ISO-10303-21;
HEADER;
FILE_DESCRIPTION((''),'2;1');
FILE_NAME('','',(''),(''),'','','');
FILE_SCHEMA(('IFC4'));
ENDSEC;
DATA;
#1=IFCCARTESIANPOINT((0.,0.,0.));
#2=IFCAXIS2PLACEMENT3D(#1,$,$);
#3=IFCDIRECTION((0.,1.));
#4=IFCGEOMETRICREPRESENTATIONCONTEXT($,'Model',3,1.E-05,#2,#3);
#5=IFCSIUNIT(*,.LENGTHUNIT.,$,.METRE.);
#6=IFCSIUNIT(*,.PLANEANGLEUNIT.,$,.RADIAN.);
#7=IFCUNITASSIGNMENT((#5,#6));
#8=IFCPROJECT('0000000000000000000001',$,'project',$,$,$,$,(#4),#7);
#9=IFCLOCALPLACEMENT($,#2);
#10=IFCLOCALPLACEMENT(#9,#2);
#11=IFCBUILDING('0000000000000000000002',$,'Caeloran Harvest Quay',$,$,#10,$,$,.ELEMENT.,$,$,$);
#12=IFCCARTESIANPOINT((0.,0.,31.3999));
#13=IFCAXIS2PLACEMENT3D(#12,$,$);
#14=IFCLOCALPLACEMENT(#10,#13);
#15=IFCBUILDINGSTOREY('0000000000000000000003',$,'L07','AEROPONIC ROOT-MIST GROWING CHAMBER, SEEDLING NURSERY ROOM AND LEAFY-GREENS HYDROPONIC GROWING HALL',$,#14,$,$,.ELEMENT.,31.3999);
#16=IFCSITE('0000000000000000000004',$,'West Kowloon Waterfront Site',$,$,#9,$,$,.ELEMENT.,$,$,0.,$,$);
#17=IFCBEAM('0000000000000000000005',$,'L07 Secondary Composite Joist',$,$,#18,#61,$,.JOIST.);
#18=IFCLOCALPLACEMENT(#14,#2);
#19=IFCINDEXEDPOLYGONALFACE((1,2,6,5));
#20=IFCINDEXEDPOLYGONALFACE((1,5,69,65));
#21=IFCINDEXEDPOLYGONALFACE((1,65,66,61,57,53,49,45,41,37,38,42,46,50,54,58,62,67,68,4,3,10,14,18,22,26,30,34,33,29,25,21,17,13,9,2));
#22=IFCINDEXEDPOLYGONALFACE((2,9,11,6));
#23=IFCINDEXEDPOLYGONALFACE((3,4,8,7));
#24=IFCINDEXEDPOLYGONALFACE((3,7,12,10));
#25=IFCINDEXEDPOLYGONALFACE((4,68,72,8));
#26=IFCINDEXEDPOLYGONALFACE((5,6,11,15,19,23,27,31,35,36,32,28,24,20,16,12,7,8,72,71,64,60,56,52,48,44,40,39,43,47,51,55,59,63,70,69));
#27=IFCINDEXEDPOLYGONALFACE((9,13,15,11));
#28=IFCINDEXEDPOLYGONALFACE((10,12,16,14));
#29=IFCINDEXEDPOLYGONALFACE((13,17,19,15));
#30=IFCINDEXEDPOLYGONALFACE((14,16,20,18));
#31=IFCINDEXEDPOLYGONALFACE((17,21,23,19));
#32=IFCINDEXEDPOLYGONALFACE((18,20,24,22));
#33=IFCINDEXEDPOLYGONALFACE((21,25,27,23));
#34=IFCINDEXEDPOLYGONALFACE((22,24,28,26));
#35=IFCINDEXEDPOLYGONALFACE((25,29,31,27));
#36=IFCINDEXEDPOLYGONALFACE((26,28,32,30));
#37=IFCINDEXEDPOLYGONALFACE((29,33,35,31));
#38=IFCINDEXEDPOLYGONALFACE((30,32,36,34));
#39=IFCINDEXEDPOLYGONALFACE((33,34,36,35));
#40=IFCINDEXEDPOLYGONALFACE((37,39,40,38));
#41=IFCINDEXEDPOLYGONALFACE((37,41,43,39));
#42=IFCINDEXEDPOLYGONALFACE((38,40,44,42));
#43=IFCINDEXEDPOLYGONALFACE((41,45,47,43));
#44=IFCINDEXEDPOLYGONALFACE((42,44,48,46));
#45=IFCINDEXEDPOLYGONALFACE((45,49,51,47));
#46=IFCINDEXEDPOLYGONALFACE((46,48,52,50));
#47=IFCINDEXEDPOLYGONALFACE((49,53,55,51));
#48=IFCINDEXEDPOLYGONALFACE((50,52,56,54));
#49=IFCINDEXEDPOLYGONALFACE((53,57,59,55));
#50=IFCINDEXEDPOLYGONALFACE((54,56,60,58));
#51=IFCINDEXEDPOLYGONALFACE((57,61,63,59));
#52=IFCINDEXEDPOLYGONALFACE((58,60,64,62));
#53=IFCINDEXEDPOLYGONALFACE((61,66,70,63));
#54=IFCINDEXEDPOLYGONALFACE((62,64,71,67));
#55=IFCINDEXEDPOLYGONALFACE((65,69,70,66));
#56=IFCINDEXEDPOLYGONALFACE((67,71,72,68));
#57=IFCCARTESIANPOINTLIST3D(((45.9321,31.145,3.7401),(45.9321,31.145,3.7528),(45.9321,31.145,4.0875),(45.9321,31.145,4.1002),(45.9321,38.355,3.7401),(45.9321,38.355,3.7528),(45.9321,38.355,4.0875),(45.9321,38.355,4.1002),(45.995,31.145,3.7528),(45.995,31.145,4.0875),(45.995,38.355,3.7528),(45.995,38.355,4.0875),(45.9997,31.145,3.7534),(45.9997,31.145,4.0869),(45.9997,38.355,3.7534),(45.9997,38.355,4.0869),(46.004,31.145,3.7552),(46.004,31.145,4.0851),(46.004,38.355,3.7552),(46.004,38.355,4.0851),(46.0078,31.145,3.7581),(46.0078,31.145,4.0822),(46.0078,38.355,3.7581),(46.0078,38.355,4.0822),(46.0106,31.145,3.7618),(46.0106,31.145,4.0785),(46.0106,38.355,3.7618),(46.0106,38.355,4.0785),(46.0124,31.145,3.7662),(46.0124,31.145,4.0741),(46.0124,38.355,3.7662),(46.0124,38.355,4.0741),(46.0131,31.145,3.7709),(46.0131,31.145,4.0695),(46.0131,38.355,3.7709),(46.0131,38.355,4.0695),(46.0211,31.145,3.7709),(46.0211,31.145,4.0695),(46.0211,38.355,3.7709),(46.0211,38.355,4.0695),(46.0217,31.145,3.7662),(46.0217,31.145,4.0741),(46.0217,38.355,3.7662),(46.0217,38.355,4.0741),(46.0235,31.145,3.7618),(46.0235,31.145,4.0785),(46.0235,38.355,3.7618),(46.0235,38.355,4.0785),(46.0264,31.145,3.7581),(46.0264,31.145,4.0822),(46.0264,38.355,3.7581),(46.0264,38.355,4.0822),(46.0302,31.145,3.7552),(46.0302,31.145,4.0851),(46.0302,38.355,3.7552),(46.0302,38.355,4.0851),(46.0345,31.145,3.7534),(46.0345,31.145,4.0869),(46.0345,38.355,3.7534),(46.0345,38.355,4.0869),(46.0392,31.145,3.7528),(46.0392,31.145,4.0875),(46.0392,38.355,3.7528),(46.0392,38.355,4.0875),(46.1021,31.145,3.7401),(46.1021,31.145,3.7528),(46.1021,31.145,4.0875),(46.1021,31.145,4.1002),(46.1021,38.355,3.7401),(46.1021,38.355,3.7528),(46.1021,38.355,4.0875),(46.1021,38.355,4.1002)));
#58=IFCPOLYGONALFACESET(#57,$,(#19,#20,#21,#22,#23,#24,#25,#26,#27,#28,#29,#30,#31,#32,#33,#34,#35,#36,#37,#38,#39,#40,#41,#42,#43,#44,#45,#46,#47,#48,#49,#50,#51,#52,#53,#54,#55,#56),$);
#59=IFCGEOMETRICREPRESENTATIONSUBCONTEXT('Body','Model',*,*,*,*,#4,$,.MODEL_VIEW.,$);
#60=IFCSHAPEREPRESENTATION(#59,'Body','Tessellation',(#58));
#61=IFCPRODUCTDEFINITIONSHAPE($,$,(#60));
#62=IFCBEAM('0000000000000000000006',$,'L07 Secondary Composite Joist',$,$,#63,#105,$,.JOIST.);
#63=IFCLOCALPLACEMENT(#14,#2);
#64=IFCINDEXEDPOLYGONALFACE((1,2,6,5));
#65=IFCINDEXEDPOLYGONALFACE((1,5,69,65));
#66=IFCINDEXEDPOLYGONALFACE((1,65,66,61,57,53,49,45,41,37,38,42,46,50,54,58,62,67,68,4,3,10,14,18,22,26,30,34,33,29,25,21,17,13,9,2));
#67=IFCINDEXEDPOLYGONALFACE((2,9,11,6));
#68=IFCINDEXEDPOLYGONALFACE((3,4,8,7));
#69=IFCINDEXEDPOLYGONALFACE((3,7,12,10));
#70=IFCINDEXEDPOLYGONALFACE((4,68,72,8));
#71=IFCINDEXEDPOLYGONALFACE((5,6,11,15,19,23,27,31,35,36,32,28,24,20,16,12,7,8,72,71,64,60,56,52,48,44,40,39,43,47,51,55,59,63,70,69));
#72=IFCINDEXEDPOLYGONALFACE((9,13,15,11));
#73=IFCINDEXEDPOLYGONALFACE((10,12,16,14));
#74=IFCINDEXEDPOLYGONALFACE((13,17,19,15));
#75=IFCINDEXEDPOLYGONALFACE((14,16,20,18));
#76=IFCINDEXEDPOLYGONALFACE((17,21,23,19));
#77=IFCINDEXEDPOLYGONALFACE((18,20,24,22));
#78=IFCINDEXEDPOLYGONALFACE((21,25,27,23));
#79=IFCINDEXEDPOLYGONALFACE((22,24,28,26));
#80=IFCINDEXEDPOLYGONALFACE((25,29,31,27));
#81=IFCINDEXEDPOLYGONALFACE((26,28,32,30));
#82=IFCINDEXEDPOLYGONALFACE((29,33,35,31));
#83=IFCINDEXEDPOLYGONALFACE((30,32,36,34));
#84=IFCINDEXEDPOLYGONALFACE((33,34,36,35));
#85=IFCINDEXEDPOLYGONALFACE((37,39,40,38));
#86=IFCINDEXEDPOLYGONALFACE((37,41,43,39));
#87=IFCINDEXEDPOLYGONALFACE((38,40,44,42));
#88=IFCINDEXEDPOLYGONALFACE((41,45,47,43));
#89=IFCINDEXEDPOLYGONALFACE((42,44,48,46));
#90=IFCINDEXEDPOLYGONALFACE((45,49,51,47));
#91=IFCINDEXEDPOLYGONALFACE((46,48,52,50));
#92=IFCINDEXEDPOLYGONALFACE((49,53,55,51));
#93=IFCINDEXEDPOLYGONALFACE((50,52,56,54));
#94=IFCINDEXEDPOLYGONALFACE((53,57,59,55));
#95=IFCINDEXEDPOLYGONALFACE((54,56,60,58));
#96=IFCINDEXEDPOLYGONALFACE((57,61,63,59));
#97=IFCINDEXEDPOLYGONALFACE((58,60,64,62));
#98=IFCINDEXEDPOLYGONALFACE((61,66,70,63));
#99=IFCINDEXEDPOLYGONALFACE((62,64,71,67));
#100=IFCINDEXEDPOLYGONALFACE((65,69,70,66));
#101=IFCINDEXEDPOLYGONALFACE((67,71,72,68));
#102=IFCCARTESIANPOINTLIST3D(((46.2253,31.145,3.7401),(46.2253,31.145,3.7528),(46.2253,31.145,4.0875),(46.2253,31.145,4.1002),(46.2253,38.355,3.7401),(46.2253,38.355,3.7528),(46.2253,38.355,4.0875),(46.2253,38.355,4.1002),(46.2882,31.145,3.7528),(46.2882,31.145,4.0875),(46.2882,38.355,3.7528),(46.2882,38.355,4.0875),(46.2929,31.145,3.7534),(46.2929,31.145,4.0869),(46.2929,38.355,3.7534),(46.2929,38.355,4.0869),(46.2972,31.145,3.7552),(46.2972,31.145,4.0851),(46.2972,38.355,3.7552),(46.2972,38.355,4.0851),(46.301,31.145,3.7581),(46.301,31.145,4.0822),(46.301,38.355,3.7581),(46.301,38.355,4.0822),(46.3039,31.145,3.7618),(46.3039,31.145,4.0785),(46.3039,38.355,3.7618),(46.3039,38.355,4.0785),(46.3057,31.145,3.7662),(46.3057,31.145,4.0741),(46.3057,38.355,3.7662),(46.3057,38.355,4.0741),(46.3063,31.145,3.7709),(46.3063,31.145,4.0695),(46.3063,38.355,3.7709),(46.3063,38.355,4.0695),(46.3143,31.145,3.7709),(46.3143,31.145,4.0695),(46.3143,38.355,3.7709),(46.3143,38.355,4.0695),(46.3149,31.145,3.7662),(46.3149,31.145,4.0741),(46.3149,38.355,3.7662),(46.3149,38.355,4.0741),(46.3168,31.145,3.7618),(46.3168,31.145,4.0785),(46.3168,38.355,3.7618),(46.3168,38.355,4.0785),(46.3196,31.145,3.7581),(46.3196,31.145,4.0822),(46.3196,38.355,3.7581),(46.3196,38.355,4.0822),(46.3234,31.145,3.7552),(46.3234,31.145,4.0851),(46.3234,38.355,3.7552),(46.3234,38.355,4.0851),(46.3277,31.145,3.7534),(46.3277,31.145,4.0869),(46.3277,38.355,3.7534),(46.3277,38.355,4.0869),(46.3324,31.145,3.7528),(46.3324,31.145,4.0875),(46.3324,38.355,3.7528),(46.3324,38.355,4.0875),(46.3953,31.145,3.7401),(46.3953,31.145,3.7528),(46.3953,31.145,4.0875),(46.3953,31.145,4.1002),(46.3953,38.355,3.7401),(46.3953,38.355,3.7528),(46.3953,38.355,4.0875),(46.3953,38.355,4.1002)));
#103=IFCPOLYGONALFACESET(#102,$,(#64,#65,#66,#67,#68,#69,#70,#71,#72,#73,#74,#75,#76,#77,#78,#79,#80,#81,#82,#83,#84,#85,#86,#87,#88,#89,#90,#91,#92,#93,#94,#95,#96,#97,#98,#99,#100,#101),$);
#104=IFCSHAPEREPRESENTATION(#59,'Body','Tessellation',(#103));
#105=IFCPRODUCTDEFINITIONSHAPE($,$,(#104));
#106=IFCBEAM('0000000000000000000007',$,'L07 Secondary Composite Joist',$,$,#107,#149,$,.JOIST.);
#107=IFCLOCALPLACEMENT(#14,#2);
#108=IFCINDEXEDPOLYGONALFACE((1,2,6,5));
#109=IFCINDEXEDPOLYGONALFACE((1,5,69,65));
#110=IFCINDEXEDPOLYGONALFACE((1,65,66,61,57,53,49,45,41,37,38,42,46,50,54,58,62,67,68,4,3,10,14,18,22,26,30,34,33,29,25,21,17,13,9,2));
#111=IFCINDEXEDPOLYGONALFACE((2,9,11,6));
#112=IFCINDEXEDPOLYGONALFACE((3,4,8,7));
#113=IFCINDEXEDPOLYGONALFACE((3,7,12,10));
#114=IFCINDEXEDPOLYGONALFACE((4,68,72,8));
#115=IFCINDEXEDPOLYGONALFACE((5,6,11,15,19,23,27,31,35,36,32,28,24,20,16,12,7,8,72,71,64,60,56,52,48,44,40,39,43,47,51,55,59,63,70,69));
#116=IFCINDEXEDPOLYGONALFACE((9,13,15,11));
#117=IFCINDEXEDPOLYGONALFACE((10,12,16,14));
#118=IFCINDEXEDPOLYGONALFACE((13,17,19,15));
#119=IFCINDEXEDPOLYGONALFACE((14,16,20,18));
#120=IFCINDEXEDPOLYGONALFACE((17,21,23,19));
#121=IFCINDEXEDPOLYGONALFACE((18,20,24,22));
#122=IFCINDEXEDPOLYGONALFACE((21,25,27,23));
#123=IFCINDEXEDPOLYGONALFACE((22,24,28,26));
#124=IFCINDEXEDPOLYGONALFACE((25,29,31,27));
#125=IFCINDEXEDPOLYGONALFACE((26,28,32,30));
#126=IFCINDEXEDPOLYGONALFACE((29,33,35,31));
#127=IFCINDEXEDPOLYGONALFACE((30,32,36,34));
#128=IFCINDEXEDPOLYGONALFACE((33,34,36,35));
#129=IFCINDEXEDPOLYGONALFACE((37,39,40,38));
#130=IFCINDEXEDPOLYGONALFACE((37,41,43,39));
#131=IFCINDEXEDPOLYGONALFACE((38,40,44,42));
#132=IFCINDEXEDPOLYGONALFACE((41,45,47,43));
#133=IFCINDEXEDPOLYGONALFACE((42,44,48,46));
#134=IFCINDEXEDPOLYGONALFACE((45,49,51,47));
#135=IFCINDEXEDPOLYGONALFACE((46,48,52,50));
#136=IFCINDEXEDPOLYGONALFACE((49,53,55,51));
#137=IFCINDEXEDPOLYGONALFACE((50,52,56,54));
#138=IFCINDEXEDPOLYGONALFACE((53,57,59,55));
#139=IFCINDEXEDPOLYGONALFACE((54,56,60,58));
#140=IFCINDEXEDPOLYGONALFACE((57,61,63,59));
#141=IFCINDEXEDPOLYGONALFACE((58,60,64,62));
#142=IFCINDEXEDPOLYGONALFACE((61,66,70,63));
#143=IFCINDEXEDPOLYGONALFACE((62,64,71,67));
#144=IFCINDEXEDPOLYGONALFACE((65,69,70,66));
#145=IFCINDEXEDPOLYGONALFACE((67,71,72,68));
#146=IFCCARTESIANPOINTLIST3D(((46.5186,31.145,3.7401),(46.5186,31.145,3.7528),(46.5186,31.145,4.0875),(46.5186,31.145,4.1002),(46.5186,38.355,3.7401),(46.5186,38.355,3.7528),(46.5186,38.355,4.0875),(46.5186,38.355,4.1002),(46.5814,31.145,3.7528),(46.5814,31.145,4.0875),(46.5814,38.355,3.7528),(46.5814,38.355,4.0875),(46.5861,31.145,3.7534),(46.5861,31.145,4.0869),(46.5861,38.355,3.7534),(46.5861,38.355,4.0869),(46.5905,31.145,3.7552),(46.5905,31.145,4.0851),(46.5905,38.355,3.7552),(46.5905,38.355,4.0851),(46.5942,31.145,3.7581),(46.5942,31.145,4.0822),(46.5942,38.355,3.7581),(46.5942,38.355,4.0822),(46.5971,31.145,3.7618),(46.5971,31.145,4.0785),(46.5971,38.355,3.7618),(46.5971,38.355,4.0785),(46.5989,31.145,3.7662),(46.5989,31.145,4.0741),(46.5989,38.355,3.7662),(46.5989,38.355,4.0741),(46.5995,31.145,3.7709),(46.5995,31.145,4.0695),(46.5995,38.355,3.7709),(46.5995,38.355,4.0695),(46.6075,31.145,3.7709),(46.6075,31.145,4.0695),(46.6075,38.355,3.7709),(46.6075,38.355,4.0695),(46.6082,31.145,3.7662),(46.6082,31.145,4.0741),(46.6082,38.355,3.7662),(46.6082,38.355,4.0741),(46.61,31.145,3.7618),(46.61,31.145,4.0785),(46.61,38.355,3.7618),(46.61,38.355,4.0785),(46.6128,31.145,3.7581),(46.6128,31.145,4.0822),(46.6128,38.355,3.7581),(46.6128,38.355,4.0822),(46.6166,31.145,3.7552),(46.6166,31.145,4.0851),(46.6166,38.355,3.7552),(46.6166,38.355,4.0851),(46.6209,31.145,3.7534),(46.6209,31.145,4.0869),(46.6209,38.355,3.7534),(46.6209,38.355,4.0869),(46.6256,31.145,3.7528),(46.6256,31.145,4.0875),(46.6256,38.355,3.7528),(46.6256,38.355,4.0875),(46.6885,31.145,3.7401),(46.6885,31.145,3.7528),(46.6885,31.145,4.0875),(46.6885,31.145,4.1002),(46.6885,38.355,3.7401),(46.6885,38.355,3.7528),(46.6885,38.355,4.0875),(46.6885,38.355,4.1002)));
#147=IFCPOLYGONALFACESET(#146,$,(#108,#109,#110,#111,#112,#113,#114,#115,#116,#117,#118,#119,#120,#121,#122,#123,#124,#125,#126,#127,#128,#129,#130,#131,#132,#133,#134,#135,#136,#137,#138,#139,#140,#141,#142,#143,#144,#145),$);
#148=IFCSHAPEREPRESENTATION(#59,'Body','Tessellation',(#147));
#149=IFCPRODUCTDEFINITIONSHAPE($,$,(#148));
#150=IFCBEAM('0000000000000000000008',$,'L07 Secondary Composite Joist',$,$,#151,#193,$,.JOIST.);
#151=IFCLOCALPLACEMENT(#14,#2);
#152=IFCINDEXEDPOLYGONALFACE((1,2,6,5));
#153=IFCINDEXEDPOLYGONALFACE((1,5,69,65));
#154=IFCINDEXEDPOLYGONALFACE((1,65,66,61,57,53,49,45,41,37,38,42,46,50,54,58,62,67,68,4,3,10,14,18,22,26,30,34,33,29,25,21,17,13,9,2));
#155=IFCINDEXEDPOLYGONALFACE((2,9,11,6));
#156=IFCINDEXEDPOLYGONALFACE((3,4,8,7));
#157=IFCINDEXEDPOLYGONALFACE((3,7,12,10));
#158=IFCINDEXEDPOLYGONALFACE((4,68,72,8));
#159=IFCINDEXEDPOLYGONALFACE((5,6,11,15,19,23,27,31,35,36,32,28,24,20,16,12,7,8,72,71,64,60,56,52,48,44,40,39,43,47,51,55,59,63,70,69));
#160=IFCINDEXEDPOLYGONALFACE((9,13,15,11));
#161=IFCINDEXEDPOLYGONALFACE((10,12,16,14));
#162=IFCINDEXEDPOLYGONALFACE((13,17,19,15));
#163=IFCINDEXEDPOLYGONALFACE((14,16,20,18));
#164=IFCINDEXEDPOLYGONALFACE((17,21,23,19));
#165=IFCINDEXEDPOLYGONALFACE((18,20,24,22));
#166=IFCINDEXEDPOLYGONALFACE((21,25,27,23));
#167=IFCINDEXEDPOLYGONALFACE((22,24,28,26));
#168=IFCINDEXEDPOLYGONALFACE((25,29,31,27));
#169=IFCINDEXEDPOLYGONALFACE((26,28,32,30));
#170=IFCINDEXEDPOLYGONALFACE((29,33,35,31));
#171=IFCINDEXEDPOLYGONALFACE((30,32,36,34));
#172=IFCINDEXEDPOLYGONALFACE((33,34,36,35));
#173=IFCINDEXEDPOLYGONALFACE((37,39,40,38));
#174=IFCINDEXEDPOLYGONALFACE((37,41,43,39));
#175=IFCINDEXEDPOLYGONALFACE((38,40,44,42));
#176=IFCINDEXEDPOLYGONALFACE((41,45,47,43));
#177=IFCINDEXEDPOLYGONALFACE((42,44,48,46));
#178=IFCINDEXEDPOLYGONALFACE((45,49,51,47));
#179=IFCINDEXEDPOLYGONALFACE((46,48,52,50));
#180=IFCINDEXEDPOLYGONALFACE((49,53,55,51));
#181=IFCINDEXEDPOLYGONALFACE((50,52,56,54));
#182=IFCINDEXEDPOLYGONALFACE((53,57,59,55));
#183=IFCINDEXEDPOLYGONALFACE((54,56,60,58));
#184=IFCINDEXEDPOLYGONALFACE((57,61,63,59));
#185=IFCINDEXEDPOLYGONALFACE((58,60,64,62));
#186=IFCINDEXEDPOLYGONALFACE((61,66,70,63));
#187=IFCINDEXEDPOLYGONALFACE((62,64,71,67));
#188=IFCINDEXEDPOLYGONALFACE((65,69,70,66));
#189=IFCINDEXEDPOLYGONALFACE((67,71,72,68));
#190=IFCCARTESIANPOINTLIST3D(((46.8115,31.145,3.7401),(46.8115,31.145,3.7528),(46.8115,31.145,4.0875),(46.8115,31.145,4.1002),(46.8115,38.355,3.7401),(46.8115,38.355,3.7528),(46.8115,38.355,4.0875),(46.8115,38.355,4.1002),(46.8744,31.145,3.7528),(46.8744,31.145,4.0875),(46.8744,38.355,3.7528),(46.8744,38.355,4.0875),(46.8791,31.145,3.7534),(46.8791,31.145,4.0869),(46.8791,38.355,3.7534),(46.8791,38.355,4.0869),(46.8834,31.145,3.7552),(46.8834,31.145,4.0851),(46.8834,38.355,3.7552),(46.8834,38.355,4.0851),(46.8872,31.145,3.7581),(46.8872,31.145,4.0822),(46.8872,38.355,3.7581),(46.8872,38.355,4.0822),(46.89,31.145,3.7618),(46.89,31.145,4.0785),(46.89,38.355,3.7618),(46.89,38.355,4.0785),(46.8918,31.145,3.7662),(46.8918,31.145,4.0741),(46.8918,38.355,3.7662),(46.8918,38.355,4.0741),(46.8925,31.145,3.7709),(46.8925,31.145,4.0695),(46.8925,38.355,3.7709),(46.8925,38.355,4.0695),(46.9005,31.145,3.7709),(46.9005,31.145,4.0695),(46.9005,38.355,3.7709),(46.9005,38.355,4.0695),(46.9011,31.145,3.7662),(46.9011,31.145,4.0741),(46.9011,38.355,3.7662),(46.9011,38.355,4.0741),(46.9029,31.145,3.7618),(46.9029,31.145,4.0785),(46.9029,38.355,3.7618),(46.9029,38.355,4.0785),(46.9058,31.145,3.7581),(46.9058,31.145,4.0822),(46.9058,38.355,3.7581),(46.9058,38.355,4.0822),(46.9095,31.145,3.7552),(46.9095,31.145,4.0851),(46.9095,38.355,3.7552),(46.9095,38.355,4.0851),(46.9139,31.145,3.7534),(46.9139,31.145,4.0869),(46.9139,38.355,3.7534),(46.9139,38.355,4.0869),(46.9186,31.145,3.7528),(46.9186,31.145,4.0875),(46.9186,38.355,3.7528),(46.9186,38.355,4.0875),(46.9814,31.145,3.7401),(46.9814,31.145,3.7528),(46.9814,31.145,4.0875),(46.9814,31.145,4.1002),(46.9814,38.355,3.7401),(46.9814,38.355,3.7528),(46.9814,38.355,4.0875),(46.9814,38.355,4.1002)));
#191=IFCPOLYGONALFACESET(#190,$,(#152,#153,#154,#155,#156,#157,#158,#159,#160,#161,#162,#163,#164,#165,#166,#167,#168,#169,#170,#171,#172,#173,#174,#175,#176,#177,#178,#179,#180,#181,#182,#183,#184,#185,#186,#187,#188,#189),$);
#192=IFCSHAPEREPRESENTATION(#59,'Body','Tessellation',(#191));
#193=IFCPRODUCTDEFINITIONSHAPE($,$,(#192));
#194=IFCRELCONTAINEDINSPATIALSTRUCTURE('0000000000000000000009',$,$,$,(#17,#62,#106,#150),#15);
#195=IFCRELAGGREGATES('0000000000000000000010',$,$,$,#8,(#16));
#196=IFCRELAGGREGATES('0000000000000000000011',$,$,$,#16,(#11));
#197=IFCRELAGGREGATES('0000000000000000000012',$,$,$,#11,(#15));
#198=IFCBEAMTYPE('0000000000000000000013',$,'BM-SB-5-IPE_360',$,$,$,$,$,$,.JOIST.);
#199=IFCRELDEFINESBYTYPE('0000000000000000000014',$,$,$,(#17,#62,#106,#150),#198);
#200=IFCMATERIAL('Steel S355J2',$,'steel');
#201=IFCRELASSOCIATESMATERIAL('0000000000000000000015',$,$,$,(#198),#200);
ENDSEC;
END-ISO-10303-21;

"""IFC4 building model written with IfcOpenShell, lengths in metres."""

from ifc_helpers import new_model, si_unit, direction, frame, origin, origin_2d, place, context, subcontext, project, spatial, i_section, extrude, material, material_profile, profile_set, type_object, element, save


model = new_model("IFC4")

# Units and contexts
model_context = context("Model", 3, precision=1e-05, world=origin(), true_north=direction((0.0, 1.0)))
body_context = subcontext(model_context, "Body", "Model", "MODEL_VIEW")
ifc_project = project(units=[si_unit("LENGTHUNIT", "METRE"), si_unit("PLANEANGLEUNIT", "RADIAN")], contexts=[model_context])

# Site, building, storey
site_placement = place(None, origin())
site = spatial("IfcSite", under=ifc_project, at=site_placement, Name="West Kowloon Waterfront Site", CompositionType="ELEMENT", RefElevation=0.0)
building_placement = place(site_placement, origin())
building = spatial("IfcBuilding", under=site, at=building_placement, Name="Caeloran Harvest Quay", CompositionType="ELEMENT")
storey_placement = place(building_placement, frame((0.0, 0.0, 31.3999)))
storey = spatial("IfcBuildingStorey", under=building, at=storey_placement, Name="L07", Description="AEROPONIC ROOT-MIST GROWING CHAMBER, SEEDLING NURSERY ROOM AND LEAFY-GREENS HYDROPONIC GROWING HALL", CompositionType="ELEMENT", Elevation=31.3999)

# Beams
ifc_material_1 = material(Name="Steel S355J2", Category="steel")
ifc_material_profile_1 = material_profile(ifc_material_1, i_section(OverallWidth=0.1699, OverallDepth=0.3601, WebThickness=0.0081, FlangeThickness=0.0127, FilletRadius=0.0181, at=origin_2d()), Name="IPE 360")
ifc_profile_set_1 = profile_set([ifc_material_profile_1], Name="Steel S355J2")
beam_type_1 = type_object("IfcBeamType", Name="BM-SB-5-IPE_360", PredefinedType="JOIST", material=ifc_profile_set_1)
for number, where, z_axis, x_axis, name in (
    (1, (46.0171, 31.145, 3.9202), (0.0, 1.0, 0.0), (-1.0, 0.0, 0.0), "L07 Secondary Composite Joist"),
    (2, (46.3103, 31.145, 3.9202), (0.0, 1.0, 0.0), (-1.0, 0.0, 0.0), "L07 Secondary Composite Joist"),
    (3, (46.6035, 31.145, 3.9202), (0.0, 1.0, 0.0), (-1.0, 0.0, 0.0), "L07 Secondary Composite Joist"),
    (4, (46.8965, 31.145, 3.9202), (0.0, 1.0, 0.0), (-1.0, 0.0, 0.0), "L07 Secondary Composite Joist"),
):
    element("IfcBeam", number, at=place(storey_placement, frame(where, z_axis=z_axis, x_axis=x_axis)), inside=storey, type_object=beam_type_1, Name=name, PredefinedType="JOIST", context=body_context, shape_type="SweptSolid", body=[
        extrude(i_section(OverallWidth=0.1699, OverallDepth=0.3601, WebThickness=0.0081, FlangeThickness=0.0127, FilletRadius=0.0181, at=origin_2d()), origin(), (0.0, 0.0, 1.0), 7.21),
    ])

save(model, "model.ifc")
